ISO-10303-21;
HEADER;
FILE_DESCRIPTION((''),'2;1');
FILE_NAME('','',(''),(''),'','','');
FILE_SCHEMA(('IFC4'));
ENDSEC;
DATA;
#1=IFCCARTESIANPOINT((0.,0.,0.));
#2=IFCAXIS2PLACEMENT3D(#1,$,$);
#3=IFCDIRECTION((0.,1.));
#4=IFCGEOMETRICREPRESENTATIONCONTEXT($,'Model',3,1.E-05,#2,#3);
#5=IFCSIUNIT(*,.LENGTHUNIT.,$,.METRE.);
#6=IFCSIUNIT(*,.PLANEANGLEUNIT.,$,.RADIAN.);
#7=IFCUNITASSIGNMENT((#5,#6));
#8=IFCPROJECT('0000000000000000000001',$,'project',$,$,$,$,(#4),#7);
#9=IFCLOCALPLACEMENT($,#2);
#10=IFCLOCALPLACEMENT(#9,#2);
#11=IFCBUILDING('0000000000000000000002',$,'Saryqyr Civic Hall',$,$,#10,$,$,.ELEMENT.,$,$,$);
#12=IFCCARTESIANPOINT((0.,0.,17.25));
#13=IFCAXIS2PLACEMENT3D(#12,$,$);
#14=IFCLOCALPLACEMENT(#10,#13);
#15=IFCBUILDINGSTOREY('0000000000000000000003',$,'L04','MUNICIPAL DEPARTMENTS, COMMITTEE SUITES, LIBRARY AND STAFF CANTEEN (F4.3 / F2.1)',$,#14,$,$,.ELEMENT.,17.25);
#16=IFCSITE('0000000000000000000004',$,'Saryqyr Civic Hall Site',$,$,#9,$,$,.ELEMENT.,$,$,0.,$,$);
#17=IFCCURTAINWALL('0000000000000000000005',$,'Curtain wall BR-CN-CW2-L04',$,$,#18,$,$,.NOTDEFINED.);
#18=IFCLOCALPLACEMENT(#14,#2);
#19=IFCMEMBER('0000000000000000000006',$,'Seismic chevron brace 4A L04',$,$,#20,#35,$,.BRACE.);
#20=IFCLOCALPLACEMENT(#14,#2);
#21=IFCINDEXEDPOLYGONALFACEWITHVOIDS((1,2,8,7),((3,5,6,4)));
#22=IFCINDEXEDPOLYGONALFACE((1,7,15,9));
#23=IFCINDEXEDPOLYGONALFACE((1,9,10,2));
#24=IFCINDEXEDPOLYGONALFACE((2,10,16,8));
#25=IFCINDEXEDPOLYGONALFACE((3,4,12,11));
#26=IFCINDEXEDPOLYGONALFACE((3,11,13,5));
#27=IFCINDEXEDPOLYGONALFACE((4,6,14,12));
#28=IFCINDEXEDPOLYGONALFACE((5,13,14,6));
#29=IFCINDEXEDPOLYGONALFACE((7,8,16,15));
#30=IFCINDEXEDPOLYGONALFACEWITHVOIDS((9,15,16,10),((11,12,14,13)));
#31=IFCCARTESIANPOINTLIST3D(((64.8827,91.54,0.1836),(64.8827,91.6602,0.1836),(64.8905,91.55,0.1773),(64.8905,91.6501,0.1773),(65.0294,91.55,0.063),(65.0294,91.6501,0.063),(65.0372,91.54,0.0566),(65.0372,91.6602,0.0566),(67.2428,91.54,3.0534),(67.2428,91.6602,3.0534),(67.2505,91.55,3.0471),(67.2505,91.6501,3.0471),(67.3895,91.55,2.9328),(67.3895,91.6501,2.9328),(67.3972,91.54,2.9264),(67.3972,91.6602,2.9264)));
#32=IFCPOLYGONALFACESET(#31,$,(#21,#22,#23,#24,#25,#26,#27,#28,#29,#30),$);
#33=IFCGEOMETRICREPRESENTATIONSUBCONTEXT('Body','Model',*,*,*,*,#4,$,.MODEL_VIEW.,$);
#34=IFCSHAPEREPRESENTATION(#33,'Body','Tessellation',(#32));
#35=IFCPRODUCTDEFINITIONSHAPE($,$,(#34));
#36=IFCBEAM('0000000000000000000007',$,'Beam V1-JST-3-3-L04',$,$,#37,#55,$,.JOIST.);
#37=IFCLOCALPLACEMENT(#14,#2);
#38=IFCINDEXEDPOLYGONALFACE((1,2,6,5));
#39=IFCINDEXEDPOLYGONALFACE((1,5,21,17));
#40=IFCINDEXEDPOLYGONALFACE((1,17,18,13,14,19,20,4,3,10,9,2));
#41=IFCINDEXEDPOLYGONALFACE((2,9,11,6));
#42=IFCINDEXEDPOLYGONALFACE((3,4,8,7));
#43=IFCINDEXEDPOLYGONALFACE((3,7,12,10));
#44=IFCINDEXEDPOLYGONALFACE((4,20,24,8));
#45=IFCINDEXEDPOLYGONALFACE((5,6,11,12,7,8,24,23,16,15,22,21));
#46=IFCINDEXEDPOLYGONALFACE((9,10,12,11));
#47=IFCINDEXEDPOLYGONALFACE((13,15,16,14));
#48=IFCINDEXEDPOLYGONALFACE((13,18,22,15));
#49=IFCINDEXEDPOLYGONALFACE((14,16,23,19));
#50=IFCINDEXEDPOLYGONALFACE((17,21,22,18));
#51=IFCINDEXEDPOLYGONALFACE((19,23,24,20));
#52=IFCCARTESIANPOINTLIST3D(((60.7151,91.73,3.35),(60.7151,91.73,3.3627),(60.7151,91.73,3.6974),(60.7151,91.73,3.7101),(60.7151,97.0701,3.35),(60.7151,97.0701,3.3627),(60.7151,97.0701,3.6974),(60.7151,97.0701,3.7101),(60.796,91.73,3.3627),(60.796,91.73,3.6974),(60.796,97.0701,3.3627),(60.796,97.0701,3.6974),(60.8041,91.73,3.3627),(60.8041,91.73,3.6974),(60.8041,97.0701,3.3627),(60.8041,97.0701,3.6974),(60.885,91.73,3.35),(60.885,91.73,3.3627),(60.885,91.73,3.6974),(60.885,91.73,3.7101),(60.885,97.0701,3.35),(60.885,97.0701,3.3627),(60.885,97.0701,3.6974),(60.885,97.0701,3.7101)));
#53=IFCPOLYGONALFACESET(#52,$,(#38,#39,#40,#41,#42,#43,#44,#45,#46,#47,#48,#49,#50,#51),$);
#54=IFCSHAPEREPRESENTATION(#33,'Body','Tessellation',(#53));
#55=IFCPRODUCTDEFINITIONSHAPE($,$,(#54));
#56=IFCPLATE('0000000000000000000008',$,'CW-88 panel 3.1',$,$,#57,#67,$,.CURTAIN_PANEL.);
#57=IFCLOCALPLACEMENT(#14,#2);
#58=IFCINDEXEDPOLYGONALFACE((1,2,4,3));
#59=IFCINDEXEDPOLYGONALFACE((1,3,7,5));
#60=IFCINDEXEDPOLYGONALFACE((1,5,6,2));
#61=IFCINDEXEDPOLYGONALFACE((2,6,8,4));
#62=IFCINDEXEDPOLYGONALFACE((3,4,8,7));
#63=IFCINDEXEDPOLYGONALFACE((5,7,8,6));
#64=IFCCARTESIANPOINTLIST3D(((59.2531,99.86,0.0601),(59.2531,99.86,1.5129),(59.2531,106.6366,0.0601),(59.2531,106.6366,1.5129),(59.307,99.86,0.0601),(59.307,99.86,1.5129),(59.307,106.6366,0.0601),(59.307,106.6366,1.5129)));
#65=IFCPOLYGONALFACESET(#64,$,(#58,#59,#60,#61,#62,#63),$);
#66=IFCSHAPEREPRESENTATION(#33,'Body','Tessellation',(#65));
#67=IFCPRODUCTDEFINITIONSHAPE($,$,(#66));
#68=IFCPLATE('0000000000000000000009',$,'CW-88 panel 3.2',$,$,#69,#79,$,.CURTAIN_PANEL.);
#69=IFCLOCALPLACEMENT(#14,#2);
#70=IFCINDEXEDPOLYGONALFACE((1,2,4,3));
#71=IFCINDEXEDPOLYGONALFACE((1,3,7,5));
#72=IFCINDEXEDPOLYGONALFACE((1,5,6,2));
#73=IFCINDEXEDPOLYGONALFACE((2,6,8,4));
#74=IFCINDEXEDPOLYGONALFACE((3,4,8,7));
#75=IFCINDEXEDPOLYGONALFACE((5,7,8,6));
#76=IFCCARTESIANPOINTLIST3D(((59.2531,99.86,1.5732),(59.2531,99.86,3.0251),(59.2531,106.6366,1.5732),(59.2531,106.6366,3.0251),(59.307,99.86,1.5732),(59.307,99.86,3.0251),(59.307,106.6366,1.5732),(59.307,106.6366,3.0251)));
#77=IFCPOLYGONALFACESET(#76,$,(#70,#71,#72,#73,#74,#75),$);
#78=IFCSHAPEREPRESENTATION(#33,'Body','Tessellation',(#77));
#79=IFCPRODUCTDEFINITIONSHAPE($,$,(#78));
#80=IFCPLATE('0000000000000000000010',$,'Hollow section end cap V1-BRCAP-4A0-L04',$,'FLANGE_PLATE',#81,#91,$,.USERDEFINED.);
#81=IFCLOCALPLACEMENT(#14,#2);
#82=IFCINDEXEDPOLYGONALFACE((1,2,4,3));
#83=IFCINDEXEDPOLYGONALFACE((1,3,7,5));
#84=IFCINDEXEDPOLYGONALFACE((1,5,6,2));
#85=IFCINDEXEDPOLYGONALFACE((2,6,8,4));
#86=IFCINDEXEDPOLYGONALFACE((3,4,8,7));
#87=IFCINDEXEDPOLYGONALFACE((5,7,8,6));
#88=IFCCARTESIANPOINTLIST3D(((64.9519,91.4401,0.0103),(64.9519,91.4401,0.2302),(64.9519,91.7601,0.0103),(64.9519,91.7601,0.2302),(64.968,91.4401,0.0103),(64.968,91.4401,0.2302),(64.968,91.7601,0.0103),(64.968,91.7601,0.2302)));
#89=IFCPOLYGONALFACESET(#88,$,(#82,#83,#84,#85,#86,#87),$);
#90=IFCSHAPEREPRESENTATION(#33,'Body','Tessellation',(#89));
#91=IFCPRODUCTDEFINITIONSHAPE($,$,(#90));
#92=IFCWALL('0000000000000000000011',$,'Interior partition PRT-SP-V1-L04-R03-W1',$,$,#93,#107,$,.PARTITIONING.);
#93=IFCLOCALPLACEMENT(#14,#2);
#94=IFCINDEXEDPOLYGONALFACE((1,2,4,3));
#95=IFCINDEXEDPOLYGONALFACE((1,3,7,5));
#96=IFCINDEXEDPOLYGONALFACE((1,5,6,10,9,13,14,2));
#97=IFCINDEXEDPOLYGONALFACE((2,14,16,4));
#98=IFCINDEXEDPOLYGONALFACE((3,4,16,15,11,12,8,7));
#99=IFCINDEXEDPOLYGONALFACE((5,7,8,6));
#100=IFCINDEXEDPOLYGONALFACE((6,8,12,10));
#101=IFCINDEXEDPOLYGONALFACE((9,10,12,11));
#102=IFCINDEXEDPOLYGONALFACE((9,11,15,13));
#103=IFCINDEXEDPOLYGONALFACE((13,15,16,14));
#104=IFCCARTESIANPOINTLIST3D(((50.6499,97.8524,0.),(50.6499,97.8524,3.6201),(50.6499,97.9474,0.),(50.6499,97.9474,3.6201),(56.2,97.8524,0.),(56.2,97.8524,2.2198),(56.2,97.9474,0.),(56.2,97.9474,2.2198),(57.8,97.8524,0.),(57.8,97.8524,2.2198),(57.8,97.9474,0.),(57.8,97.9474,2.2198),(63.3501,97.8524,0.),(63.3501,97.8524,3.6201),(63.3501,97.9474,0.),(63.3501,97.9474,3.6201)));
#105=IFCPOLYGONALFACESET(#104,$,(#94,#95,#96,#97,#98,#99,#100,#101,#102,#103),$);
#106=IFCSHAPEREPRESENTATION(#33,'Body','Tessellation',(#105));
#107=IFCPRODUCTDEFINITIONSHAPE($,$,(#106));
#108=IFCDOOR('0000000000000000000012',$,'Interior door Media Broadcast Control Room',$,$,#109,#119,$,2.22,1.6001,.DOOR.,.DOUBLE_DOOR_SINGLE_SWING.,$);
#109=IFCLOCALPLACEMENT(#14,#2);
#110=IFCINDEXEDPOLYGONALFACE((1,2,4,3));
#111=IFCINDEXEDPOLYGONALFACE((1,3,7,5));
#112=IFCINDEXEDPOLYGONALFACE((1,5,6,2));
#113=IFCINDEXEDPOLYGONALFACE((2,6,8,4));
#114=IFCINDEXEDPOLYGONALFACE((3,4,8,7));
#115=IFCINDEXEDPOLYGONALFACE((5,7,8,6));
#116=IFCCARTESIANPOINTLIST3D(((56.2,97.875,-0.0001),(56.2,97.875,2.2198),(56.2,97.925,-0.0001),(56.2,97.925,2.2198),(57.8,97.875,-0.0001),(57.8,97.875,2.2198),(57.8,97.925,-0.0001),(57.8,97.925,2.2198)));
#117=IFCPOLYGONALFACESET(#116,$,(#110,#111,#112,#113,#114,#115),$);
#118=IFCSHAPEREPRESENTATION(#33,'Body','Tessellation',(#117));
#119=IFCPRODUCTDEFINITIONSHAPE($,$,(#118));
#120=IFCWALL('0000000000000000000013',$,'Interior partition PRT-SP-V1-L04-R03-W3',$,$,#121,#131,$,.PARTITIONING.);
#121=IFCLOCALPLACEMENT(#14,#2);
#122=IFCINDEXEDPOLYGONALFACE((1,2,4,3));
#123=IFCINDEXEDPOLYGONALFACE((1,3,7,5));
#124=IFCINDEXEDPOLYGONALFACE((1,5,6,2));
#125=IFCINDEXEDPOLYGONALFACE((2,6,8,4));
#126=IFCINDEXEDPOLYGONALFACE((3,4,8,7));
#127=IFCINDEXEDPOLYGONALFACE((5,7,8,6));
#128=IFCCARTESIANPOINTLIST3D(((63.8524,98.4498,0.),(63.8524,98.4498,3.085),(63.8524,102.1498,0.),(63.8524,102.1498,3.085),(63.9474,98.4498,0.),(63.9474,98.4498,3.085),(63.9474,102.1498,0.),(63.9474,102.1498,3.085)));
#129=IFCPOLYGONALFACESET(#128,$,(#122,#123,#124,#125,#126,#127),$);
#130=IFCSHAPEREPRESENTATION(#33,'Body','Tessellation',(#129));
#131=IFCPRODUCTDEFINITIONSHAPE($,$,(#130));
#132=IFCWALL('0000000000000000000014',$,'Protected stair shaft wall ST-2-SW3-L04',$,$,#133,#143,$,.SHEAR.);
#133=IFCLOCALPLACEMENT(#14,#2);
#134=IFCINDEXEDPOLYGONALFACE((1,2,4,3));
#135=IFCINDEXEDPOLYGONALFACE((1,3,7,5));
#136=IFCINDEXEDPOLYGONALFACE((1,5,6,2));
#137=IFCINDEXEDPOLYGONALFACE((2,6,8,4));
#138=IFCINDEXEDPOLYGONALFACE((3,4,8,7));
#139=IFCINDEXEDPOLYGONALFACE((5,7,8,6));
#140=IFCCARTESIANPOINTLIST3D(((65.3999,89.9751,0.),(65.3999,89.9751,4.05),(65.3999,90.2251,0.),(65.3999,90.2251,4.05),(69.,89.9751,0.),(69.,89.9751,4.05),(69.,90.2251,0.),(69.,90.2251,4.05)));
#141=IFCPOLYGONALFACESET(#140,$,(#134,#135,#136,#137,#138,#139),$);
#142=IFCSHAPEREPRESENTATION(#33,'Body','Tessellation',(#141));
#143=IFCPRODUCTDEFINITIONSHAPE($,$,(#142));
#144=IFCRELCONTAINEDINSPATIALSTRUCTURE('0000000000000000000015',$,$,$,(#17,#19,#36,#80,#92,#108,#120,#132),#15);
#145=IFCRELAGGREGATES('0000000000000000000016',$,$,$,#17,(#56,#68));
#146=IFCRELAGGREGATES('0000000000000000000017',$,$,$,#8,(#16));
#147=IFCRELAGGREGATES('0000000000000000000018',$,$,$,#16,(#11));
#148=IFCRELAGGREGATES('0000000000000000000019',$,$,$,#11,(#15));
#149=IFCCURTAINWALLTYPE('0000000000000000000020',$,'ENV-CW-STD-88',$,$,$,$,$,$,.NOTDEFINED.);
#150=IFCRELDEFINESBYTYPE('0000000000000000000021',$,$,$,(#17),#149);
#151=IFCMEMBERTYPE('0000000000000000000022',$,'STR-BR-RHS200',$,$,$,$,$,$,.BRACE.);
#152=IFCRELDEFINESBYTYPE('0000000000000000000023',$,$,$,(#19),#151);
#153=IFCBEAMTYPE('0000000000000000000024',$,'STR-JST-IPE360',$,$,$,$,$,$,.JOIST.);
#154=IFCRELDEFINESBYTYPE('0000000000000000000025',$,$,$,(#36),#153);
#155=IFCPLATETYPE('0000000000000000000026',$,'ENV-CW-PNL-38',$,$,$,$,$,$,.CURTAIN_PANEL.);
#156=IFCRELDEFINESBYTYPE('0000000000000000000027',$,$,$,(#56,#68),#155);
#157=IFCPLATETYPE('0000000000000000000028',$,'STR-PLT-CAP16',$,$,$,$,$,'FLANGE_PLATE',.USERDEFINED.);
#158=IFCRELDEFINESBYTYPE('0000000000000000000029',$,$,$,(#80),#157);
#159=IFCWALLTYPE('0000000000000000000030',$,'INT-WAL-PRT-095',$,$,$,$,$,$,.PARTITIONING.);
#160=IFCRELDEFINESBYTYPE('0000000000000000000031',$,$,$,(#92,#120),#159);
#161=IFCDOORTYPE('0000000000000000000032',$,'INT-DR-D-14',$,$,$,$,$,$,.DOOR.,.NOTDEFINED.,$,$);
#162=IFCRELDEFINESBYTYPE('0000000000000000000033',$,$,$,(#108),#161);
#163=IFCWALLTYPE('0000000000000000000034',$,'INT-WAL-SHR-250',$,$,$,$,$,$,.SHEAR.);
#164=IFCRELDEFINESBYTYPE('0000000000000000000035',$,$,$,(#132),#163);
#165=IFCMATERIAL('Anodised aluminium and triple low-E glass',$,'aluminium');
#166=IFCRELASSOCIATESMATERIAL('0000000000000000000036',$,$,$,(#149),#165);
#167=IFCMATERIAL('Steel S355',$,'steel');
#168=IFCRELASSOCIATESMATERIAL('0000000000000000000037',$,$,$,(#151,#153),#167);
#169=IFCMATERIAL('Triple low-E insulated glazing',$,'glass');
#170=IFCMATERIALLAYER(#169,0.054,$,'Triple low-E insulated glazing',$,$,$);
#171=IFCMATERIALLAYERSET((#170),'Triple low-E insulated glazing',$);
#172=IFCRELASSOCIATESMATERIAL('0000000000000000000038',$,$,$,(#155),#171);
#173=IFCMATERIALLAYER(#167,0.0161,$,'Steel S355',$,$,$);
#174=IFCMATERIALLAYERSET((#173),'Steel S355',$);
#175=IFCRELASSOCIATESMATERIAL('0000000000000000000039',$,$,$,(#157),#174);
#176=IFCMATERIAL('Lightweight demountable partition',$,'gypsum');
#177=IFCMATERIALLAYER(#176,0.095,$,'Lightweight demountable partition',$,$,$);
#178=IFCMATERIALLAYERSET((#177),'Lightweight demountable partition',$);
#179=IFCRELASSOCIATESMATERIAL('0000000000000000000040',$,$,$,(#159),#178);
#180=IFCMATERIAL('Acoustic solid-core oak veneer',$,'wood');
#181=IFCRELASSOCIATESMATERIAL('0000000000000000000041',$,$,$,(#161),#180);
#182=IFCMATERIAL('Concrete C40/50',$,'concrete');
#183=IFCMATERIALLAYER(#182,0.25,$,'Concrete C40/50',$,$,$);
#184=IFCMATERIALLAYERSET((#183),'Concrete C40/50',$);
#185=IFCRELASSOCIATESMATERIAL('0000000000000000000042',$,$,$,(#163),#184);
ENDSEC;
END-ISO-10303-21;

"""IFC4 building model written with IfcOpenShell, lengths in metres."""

from ifc_helpers import new_model, si_unit, direction, frame, frame_2d, origin, origin_2d, place, context, subcontext, project, spatial, rectangle, hollow_rectangle, i_section, extrude, material, layer, layer_set, material_profile, profile_set, type_object, element, fill, aggregate, save


model = new_model("IFC4")

# Units and contexts
model_context = context("Model", 3, precision=1e-05, world=origin(), true_north=direction((0.0, 1.0)))
body_context = subcontext(model_context, "Body", "Model", "MODEL_VIEW")
ifc_project = project(units=[si_unit("LENGTHUNIT", "METRE"), si_unit("PLANEANGLEUNIT", "RADIAN")], contexts=[model_context])

# Site, building, storey
site_placement = place(None, origin())
site = spatial("IfcSite", under=ifc_project, at=site_placement, Name="Saryqyr Civic Hall Site", CompositionType="ELEMENT", RefElevation=0.0)
building_placement = place(site_placement, origin())
building = spatial("IfcBuilding", under=site, at=building_placement, Name="Saryqyr Civic Hall", CompositionType="ELEMENT")
storey_placement = place(building_placement, frame((0.0, 0.0, 17.25)))
storey = spatial("IfcBuildingStorey", under=building, at=storey_placement, Name="L04", Description="MUNICIPAL DEPARTMENTS, COMMITTEE SUITES, LIBRARY AND STAFF CANTEEN (F4.3 / F2.1)", CompositionType="ELEMENT", Elevation=17.25)

# Shared definitions
ifc_material_1 = material(Name="Concrete C40/50", Category="concrete")

# Curtain wall
ifc_material_2 = material(Name="Anodised aluminium and triple low-E glass", Category="aluminium")
curtain_wall_type = type_object("IfcCurtainWallType", Name="ENV-CW-STD-88", PredefinedType="NOTDEFINED", material=ifc_material_2)
curtain_wall_placement = place(storey_placement, origin())
curtain_wall = element("IfcCurtainWall", 1, at=curtain_wall_placement, inside=storey, type_object=curtain_wall_type, Name="Curtain wall BR-CN-CW2-L04", PredefinedType="NOTDEFINED")

# Member
ifc_material_3 = material(Name="Steel S355", Category="steel")
ifc_material_profile_1 = material_profile(ifc_material_3, hollow_rectangle(XDim=0.1201, YDim=0.2, WallThickness=0.01, at=origin_2d()), Name="RHS 200x120x10")
ifc_profile_set_1 = profile_set([ifc_material_profile_1], Name="Steel S355")
member_type_1 = type_object("IfcMemberType", Name="STR-BR-RHS200", PredefinedType="BRACE", material=ifc_profile_set_1)
member_1_placement = place(storey_placement, frame((64.96, 91.6001, 0.1201), z_axis=(0.635175, 0.0, 0.772368), x_axis=(0.0, 1.0, 0.0)))
element("IfcMember", 2, at=member_1_placement, inside=storey, type_object=member_type_1, Name="Seismic chevron brace 4A L04", PredefinedType="BRACE", context=body_context, shape_type="SweptSolid", body=[
    extrude(hollow_rectangle(XDim=0.1201, YDim=0.2, WallThickness=0.01, at=origin_2d()), origin(), (0.0, 0.0, 1.0), 3.7156),
])

# Beam
ifc_material_profile_2 = material_profile(ifc_material_3, i_section(OverallWidth=0.1699, OverallDepth=0.3601, WebThickness=0.0081, FlangeThickness=0.0127, at=origin_2d()), Name="IPE 360")
ifc_profile_set_2 = profile_set([ifc_material_profile_2], Name="Steel S355")
beam_type_1 = type_object("IfcBeamType", Name="STR-JST-IPE360", PredefinedType="JOIST", material=ifc_profile_set_2)
beam_1_placement = place(storey_placement, frame((60.8, 91.73, 3.53), z_axis=(0.0, 1.0, 0.0), x_axis=(-1.0, 0.0, 0.0)))
element("IfcBeam", 3, at=beam_1_placement, inside=storey, type_object=beam_type_1, Name="Beam V1-JST-3-3-L04", PredefinedType="JOIST", context=body_context, shape_type="SweptSolid", body=[
    extrude(i_section(OverallWidth=0.1699, OverallDepth=0.3601, WebThickness=0.0081, FlangeThickness=0.0127, at=origin_2d()), origin(), (0.0, 0.0, 1.0), 5.3401),
])

# Plates
ifc_material_4 = material(Name="Triple low-E insulated glazing", Category="glass")
ifc_layer_1 = layer(ifc_material_4, 0.054, Name="Triple low-E insulated glazing")
ifc_layer_set_1 = layer_set([ifc_layer_1], Name="Triple low-E insulated glazing")
plate_type_1 = type_object("IfcPlateType", Name="ENV-CW-PNL-38", PredefinedType="CURTAIN_PANEL", material=ifc_layer_set_1)
plate_1_placement = place(storey_placement, frame((59.28, 103.2483, 0.0601), z_axis=(0.0, 0.0, 1.0), x_axis=(0.0, -1.0, 0.0)))
plate_1 = element("IfcPlate", 4, at=plate_1_placement, type_object=plate_type_1, Name="CW-88 panel 3.1", PredefinedType="CURTAIN_PANEL", context=body_context, shape_type="SweptSolid", body=[
    extrude(rectangle(XDim=6.7766, YDim=0.054, at=origin_2d()), origin(), (0.0, 0.0, 1.0), 1.4529),
])
plate_2_placement = place(storey_placement, frame((59.28, 103.2483, 1.5732), z_axis=(0.0, 0.0, 1.0), x_axis=(0.0, -1.0, 0.0)))
plate_2 = element("IfcPlate", 5, at=plate_2_placement, type_object=plate_type_1, Name="CW-88 panel 3.2", PredefinedType="CURTAIN_PANEL", context=body_context, shape_type="SweptSolid", body=[
    extrude(rectangle(XDim=6.7766, YDim=0.054, at=origin_2d()), origin(), (0.0, 0.0, 1.0), 1.4519),
])
aggregate(curtain_wall, [plate_1, plate_2])
ifc_layer_2 = layer(ifc_material_3, 0.0161, Name="Steel S355")
ifc_layer_set_2 = layer_set([ifc_layer_2], Name="Steel S355")
plate_type_2 = type_object("IfcPlateType", Name="STR-PLT-CAP16", ElementType="FLANGE_PLATE", PredefinedType="USERDEFINED", material=ifc_layer_set_2)
plate_3_placement = place(storey_placement, frame((64.96, 91.6001, 0.0103), z_axis=(0.0, 0.0, 1.0), x_axis=(1.0, 0.0, 0.0)))
element("IfcPlate", 6, at=plate_3_placement, inside=storey, type_object=plate_type_2, Name="Hollow section end cap V1-BRCAP-4A0-L04", ObjectType="FLANGE_PLATE", PredefinedType="USERDEFINED", context=body_context, shape_type="SweptSolid", body=[
    extrude(rectangle(XDim=0.0161, YDim=0.3201, at=origin_2d()), origin(), (0.0, 0.0, 1.0), 0.22),
])

# Wall, opening, door
ifc_material_5 = material(Name="Lightweight demountable partition", Category="gypsum")
ifc_layer_3 = layer(ifc_material_5, 0.095, Name="Lightweight demountable partition")
ifc_layer_set_3 = layer_set([ifc_layer_3], Name="Lightweight demountable partition")
wall_type_1 = type_object("IfcWallType", Name="INT-WAL-PRT-095", PredefinedType="PARTITIONING", material=ifc_layer_set_3)
wall_1_placement = place(storey_placement, frame((63.3501, 97.8999, 0.0), z_axis=(0.0, 0.0, 1.0), x_axis=(-1.0, 0.0, 0.0)))
wall_1 = element("IfcWall", 7, at=wall_1_placement, inside=storey, type_object=wall_type_1, Name="Interior partition PRT-SP-V1-L04-R03-W1", PredefinedType="PARTITIONING", context=body_context, shape_type="SweptSolid", body=[
    extrude(rectangle(XDim=12.7002, YDim=0.095, at=frame_2d((6.3501, 0.0))), origin(), (0.0, 0.0, 1.0), 3.6201),
])
opening_placement = place(wall_1_placement, frame((5.55, 0.0, 0.0)))
opening = element("IfcOpeningElement", 8, at=opening_placement, cuts=wall_1, PredefinedType="OPENING", context=body_context, shape_type="SweptSolid", body=[
    extrude(rectangle(XDim=1.6001, YDim=2.22, at=frame_2d((0.8, 1.1099))), frame((0.0, 0.0574, 0.0), z_axis=(0.0, -1.0, 0.0), x_axis=(1.0, 0.0, 0.0)), (0.0, 0.0, 1.0), 0.115),
])
ifc_material_6 = material(Name="Acoustic solid-core oak veneer", Category="wood")
door_type = type_object("IfcDoorType", Name="INT-DR-D-14", OperationType="NOTDEFINED", PredefinedType="DOOR", material=ifc_material_6)
door_placement = place(opening_placement, origin())
door = element("IfcDoor", 9, at=door_placement, inside=storey, type_object=door_type, Name="Interior door Media Broadcast Control Room", OperationType="DOUBLE_DOOR_SINGLE_SWING", OverallHeight=2.22, OverallWidth=1.6001, PredefinedType="DOOR", context=body_context, shape_type="SweptSolid", body=[
    extrude(rectangle(XDim=1.6001, YDim=2.22, at=frame_2d((0.8, 1.1099))), frame((0.0, 0.0249, 0.0), z_axis=(0.0, -1.0, 0.0), x_axis=(1.0, 0.0, 0.0)), (0.0, 0.0, 1.0), 0.05),
])
fill(opening, door)

# Walls
wall_2_placement = place(storey_placement, frame((63.8999, 102.1499, 0.0), z_axis=(0.0, 0.0, 1.0), x_axis=(0.0, -1.0, 0.0)))
element("IfcWall", 10, at=wall_2_placement, inside=storey, type_object=wall_type_1, Name="Interior partition PRT-SP-V1-L04-R03-W3", PredefinedType="PARTITIONING", context=body_context, shape_type="SweptSolid", body=[
    extrude(rectangle(XDim=3.7, YDim=0.095, at=frame_2d((1.8501, 0.0))), origin(), (0.0, 0.0, 1.0), 3.085),
])
ifc_layer_4 = layer(ifc_material_1, 0.25, Name="Concrete C40/50")
ifc_layer_set_4 = layer_set([ifc_layer_4], Name="Concrete C40/50")
wall_type_2 = type_object("IfcWallType", Name="INT-WAL-SHR-250", PredefinedType="SHEAR", material=ifc_layer_set_4)
wall_3_placement = place(storey_placement, frame((65.3999, 90.1001, 0.0), z_axis=(0.0, 0.0, 1.0), x_axis=(1.0, 0.0, 0.0)))
element("IfcWall", 11, at=wall_3_placement, inside=storey, type_object=wall_type_2, Name="Protected stair shaft wall ST-2-SW3-L04", PredefinedType="SHEAR", context=body_context, shape_type="SweptSolid", body=[
    extrude(rectangle(XDim=3.6001, YDim=0.25, at=frame_2d((1.8, 0.0))), origin(), (0.0, 0.0, 1.0), 4.05),
])

save(model, "model.ifc")
